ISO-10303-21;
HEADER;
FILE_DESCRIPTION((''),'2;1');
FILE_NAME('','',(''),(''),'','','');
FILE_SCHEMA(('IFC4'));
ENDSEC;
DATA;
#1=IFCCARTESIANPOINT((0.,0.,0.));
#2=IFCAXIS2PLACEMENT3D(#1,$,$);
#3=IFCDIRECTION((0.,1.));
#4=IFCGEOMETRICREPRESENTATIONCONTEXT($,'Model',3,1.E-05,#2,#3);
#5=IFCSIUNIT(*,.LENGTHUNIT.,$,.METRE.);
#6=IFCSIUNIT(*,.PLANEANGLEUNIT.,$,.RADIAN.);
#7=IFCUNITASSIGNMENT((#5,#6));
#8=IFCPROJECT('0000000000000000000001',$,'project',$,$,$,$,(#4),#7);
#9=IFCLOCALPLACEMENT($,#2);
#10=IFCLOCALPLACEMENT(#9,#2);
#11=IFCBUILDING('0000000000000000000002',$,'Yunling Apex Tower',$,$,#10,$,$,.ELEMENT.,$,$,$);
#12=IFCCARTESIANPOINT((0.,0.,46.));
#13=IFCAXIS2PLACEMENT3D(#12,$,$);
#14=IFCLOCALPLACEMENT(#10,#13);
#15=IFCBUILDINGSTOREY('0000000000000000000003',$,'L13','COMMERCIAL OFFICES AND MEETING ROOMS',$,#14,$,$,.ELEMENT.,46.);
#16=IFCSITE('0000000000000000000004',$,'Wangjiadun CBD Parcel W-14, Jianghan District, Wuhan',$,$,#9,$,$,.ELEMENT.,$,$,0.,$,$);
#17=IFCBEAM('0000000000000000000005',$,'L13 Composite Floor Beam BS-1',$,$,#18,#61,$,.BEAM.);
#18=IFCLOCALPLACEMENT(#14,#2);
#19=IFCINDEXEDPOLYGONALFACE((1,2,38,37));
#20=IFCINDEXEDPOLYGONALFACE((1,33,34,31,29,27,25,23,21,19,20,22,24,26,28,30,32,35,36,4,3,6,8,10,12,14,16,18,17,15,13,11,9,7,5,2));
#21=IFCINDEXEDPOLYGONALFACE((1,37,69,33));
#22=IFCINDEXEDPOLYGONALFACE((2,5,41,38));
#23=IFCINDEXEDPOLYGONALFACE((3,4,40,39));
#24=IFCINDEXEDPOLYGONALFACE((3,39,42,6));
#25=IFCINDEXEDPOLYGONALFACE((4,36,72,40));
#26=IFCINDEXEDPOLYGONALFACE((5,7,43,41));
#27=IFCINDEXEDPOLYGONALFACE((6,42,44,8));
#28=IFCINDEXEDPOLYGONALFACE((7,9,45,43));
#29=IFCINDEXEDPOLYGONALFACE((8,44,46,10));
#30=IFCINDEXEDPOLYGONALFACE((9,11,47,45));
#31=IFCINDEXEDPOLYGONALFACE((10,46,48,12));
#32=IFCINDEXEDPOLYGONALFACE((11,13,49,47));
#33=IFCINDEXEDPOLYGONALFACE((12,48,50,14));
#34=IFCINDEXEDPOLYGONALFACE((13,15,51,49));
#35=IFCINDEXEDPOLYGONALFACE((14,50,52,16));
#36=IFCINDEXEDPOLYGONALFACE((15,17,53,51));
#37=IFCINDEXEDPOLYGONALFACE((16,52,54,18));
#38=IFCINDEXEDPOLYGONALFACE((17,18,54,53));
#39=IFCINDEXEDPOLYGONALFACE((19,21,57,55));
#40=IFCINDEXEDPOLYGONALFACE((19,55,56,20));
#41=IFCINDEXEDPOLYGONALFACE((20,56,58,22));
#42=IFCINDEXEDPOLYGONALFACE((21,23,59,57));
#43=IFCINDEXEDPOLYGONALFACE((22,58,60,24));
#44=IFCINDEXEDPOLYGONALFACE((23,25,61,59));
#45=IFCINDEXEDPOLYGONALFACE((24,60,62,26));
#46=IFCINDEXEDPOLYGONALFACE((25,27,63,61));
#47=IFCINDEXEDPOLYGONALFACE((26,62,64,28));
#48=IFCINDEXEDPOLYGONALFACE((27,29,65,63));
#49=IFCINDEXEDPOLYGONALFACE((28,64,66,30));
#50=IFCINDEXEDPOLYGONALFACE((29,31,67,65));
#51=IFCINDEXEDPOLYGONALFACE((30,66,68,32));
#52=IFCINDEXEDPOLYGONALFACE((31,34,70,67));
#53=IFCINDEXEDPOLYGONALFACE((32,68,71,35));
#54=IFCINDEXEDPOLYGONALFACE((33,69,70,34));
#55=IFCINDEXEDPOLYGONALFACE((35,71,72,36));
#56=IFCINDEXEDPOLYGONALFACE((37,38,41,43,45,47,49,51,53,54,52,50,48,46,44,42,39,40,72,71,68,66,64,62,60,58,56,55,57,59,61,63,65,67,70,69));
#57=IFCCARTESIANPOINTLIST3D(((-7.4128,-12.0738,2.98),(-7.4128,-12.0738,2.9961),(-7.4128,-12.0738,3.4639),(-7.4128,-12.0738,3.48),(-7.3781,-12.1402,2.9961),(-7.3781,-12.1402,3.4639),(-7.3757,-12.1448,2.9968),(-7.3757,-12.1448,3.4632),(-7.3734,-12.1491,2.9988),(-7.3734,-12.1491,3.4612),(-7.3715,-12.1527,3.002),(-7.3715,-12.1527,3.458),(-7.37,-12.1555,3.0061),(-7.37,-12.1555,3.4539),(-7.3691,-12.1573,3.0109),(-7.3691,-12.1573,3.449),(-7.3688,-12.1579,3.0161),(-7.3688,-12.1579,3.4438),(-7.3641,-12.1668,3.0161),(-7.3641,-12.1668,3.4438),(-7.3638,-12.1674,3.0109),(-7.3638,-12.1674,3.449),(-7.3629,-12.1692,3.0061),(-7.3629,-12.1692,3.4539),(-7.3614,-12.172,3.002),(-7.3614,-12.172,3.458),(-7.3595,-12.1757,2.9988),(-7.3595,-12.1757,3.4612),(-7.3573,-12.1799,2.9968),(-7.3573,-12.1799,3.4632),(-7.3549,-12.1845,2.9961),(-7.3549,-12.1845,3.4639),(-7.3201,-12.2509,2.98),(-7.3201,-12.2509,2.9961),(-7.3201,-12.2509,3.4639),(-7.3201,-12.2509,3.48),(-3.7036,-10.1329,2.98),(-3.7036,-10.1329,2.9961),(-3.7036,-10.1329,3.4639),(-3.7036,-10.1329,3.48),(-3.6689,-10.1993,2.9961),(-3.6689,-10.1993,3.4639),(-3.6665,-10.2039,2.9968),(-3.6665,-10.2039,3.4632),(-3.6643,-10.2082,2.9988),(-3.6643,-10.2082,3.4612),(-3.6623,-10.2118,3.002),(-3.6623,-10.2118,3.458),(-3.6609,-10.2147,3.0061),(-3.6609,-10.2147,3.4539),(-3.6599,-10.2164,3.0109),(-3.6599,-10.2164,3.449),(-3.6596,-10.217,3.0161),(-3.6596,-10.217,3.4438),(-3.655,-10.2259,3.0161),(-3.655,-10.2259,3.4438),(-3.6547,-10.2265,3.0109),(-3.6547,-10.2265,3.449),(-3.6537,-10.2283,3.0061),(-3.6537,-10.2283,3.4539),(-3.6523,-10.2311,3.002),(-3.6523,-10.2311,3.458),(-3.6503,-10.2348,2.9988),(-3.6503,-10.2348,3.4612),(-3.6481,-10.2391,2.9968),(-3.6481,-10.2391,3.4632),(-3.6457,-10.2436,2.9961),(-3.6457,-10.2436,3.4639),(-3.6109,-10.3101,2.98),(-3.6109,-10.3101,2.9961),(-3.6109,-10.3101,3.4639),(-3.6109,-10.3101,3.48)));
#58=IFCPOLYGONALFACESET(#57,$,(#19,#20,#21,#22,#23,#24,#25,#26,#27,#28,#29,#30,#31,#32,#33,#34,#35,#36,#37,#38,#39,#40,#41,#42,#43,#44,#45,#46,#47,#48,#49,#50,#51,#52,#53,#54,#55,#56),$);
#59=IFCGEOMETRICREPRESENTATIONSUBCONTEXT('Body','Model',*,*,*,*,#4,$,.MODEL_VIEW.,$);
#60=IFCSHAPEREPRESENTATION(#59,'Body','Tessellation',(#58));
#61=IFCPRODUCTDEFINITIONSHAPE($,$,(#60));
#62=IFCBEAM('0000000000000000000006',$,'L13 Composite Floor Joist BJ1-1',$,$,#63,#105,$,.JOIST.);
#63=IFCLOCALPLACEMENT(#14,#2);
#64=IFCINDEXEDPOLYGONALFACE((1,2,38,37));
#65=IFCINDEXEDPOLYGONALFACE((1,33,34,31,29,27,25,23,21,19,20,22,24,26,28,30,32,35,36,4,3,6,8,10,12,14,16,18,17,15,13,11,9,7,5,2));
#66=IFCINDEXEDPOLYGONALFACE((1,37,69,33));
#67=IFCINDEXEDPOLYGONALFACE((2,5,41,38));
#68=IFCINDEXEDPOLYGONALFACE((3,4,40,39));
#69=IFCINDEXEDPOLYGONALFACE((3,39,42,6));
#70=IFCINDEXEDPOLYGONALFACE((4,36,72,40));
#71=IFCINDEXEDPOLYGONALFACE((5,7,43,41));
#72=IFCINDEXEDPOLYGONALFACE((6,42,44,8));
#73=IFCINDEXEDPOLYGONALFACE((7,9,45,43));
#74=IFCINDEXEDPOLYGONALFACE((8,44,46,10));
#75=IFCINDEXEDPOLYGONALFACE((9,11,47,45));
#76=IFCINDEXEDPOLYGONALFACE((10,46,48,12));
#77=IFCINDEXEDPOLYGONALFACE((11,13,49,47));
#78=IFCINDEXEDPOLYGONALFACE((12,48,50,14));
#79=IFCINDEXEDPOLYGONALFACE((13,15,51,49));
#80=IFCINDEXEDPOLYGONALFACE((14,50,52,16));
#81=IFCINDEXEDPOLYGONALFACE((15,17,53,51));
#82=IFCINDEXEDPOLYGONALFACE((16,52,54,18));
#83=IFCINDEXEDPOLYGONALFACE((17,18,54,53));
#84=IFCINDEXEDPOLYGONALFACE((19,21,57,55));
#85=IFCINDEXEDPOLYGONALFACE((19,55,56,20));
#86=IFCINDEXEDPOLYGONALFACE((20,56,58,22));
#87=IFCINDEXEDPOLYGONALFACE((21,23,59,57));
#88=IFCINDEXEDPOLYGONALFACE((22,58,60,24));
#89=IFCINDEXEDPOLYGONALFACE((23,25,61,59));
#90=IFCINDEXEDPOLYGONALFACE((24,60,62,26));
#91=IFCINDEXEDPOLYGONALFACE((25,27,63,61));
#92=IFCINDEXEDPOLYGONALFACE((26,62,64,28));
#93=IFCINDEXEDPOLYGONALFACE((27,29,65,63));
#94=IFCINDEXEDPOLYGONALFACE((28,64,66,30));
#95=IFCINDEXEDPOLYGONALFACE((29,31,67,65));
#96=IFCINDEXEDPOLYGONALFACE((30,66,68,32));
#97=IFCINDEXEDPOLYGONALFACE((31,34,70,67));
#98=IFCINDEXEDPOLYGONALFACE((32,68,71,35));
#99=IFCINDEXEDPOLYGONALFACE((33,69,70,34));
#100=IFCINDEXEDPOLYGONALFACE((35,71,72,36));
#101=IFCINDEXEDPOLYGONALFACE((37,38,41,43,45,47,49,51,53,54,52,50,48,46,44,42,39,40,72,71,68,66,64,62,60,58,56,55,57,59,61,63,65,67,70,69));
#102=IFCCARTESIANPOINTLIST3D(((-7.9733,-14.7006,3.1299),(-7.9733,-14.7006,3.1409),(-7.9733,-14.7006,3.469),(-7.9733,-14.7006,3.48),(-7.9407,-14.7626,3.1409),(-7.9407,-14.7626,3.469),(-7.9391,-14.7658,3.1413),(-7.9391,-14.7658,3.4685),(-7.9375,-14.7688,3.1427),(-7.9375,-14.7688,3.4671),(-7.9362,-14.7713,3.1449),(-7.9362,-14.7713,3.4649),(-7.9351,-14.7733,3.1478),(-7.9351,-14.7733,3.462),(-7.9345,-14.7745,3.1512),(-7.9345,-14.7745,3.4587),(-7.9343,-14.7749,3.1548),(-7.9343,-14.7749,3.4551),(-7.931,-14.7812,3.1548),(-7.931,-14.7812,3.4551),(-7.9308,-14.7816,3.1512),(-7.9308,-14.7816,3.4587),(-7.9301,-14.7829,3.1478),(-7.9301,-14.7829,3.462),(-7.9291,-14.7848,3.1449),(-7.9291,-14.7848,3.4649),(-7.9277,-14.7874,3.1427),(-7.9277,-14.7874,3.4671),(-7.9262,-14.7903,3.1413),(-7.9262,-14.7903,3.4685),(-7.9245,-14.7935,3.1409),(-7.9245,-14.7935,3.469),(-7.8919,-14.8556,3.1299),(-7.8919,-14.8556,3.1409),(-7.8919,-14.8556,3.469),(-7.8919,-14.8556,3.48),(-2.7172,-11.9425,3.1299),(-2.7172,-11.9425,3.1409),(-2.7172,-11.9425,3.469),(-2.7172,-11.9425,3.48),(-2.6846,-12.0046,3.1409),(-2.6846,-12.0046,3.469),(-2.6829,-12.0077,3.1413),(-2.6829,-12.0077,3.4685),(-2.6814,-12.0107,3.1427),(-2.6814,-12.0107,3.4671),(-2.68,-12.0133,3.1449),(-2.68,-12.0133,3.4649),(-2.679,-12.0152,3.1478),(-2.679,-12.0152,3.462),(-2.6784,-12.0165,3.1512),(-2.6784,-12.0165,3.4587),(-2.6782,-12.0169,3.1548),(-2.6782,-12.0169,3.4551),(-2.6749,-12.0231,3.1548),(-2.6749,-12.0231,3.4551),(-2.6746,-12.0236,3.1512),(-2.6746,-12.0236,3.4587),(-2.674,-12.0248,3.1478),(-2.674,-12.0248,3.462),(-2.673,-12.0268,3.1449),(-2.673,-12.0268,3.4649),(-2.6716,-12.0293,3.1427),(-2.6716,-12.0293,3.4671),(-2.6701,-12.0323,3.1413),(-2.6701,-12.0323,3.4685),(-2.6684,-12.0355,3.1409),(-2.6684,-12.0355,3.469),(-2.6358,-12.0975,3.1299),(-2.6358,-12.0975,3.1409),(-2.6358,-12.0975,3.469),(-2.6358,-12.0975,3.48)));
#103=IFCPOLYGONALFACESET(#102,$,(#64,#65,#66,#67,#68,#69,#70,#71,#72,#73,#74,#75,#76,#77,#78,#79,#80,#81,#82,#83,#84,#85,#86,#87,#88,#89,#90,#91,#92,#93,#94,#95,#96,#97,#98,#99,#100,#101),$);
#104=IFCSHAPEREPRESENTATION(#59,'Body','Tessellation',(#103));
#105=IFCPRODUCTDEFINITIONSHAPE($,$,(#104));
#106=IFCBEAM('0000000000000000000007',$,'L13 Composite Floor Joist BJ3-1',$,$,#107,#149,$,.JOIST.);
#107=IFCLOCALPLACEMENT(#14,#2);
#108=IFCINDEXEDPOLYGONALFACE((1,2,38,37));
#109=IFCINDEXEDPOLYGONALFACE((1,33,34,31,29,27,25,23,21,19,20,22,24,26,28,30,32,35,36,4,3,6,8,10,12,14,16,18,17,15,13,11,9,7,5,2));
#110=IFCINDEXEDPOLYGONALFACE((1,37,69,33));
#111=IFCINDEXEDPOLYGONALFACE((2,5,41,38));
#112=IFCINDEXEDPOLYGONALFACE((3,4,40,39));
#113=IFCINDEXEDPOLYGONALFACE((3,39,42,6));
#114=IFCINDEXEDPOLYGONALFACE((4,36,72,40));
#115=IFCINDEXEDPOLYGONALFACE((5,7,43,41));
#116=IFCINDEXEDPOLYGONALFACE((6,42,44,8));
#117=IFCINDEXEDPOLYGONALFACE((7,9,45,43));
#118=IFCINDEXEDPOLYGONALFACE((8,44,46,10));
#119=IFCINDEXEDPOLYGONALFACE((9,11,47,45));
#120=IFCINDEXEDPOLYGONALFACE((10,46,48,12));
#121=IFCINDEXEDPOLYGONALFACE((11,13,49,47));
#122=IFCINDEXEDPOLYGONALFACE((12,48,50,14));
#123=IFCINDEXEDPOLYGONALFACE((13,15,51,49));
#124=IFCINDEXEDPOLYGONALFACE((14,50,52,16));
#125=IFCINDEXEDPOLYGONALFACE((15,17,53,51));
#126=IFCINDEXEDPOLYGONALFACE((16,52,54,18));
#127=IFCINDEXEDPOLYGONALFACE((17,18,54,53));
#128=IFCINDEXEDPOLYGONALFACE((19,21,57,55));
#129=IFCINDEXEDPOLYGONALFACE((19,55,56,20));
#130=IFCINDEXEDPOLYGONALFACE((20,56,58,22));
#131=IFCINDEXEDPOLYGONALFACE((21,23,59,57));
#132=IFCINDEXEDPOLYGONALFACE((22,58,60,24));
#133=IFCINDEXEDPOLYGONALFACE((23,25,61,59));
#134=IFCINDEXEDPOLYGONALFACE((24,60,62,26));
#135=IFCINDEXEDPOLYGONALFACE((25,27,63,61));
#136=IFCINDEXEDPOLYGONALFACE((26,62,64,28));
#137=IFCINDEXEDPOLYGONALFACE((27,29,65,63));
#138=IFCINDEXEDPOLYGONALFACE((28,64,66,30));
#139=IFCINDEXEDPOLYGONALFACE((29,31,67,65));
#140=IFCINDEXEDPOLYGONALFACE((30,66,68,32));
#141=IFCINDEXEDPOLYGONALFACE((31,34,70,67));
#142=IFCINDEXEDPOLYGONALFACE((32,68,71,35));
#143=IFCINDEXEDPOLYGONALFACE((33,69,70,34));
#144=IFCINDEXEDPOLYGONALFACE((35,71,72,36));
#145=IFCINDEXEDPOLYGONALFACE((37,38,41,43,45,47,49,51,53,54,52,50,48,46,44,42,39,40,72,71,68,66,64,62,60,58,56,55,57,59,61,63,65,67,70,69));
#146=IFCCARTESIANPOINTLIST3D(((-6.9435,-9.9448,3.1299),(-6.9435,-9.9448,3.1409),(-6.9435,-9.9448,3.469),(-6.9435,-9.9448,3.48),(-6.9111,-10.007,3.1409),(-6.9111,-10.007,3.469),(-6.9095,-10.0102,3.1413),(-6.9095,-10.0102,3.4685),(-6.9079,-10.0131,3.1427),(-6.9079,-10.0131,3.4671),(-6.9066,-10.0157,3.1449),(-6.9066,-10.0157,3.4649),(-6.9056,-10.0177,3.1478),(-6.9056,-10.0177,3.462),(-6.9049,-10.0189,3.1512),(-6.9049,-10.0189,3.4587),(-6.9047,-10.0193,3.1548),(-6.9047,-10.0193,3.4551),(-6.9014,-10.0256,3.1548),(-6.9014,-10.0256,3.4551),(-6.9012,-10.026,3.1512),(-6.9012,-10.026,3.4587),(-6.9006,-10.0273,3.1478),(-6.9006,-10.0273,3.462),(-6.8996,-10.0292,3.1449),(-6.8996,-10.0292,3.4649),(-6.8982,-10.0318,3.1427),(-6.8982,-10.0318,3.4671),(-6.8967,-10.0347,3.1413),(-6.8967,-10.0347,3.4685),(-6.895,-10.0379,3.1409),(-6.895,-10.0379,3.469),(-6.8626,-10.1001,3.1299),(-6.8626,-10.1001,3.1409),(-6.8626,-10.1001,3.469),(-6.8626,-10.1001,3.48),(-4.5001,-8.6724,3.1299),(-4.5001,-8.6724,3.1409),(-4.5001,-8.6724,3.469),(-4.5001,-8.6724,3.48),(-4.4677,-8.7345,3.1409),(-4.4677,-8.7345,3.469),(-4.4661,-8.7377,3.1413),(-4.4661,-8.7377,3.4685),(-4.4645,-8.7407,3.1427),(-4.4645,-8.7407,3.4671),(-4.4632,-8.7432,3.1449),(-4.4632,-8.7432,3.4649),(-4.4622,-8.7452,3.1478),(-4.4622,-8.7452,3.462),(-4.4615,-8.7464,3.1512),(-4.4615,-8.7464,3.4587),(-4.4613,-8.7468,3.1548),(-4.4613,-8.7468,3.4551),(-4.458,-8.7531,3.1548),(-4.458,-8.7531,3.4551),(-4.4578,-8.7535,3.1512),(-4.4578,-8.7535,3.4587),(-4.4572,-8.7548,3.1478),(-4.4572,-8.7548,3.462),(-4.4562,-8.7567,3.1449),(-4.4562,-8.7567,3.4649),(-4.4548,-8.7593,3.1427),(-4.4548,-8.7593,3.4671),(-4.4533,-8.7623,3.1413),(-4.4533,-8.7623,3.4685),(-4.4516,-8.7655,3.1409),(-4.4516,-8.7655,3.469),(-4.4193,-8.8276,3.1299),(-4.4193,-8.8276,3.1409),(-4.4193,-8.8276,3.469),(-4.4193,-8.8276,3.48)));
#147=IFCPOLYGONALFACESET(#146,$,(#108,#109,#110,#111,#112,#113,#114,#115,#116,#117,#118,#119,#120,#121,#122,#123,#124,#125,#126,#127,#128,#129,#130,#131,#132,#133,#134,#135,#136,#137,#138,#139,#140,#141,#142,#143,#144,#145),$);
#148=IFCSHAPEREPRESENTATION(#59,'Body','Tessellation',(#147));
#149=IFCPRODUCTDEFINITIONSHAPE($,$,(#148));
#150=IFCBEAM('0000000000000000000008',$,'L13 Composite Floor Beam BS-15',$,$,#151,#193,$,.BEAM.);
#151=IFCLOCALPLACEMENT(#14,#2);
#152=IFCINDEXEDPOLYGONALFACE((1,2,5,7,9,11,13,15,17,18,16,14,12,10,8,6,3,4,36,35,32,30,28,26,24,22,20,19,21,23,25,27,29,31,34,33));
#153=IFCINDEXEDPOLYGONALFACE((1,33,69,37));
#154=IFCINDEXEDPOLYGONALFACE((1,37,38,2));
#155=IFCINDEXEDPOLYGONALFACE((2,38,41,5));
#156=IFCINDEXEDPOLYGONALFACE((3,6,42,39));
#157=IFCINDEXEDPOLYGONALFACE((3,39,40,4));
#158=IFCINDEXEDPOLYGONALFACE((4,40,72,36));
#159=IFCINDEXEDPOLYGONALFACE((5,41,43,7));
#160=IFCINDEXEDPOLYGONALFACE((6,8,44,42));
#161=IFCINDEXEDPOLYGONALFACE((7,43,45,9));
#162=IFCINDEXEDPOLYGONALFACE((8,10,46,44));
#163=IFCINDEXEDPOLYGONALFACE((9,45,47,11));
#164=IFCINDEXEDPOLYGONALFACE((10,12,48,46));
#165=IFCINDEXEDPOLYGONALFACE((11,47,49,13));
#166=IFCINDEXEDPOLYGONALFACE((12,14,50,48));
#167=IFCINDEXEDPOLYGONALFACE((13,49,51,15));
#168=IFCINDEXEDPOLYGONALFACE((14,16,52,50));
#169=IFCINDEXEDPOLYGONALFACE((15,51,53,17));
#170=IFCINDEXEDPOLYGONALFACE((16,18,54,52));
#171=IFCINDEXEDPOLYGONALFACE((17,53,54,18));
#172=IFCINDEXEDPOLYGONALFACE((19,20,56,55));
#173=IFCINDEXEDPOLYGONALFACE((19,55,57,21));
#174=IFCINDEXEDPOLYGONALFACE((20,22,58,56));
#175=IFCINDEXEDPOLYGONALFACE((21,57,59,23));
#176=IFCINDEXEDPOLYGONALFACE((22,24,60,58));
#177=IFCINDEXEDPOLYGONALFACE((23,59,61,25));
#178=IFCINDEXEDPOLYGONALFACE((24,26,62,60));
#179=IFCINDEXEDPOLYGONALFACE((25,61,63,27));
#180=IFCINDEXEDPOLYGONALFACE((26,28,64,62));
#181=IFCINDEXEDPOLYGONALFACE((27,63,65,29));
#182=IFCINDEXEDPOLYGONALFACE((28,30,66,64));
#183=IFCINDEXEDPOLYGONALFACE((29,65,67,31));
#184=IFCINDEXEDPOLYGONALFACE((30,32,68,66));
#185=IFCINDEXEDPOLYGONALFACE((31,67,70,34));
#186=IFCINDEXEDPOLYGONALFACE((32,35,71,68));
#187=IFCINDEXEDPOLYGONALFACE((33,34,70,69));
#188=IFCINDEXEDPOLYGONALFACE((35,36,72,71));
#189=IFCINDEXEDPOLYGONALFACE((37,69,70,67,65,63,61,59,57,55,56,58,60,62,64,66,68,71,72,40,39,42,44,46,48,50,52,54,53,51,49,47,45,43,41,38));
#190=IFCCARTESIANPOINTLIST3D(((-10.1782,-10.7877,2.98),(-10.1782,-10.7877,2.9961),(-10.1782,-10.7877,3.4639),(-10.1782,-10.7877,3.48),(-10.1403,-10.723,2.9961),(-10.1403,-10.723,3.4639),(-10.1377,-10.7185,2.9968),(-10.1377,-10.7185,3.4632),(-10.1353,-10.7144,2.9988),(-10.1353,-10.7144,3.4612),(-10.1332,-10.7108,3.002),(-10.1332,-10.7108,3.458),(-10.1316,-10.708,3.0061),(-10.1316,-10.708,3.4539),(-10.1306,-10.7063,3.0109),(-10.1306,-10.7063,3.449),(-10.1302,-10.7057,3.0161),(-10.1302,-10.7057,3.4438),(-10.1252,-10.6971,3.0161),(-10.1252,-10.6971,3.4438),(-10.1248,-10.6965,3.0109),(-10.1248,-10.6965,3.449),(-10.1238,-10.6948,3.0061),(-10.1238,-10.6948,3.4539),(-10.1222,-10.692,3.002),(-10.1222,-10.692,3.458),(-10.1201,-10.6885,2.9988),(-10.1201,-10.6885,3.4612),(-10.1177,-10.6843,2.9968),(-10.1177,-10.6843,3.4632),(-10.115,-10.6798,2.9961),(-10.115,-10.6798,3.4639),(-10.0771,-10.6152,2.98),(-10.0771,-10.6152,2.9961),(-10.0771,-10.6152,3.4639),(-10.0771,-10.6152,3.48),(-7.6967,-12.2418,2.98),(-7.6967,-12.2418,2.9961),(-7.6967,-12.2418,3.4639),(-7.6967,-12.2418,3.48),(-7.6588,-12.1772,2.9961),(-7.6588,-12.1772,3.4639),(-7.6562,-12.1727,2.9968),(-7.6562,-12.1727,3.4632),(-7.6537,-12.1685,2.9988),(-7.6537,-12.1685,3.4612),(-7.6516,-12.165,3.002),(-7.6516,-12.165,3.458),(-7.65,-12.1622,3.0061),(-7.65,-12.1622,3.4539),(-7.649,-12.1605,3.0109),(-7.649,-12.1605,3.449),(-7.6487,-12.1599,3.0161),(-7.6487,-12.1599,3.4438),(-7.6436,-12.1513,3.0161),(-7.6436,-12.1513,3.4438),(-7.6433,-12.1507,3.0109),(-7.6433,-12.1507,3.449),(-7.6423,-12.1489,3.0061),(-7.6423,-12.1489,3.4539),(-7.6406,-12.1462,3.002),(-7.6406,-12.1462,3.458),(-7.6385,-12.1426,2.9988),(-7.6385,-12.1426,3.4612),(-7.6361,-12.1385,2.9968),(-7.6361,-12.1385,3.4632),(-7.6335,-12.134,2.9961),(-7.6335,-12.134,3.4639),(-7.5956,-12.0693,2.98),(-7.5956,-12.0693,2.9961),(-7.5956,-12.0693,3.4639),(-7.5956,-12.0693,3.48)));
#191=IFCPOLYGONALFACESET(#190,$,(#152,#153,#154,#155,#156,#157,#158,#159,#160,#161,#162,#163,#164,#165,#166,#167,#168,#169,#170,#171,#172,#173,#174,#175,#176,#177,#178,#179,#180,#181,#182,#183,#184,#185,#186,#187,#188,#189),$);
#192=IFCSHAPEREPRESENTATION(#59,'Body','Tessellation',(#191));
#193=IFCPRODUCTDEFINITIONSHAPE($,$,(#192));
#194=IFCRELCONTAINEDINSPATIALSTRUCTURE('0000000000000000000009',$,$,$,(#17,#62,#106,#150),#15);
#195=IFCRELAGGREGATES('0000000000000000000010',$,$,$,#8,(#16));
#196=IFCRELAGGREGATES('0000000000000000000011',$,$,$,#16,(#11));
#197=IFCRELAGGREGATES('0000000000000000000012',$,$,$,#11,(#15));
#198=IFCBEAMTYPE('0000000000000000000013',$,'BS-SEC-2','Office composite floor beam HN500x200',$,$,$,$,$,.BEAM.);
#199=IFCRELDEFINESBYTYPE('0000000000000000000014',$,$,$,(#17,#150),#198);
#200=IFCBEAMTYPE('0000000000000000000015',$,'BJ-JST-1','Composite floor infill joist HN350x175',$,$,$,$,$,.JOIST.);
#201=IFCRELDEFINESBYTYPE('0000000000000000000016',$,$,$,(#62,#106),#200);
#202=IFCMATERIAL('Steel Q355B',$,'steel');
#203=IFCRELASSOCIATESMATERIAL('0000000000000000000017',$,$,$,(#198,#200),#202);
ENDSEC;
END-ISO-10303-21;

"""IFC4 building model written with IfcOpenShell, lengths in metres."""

from ifc_helpers import new_model, si_unit, direction, frame, origin, origin_2d, place, context, subcontext, project, spatial, i_section, extrude, source, transform, mapped, material, material_profile, profile_set, type_object, element, save


model = new_model("IFC4")

# Units and contexts
model_context = context("Model", 3, precision=1e-05, world=origin(), true_north=direction((0.0, 1.0)))
body_context = subcontext(model_context, "Body", "Model", "MODEL_VIEW")
ifc_project = project(units=[si_unit("LENGTHUNIT", "METRE"), si_unit("PLANEANGLEUNIT", "RADIAN")], contexts=[model_context])

# Site, building, storey
site_placement = place(None, origin())
site = spatial("IfcSite", under=ifc_project, at=site_placement, Name="Wangjiadun CBD Parcel W-14, Jianghan District, Wuhan", CompositionType="ELEMENT", RefElevation=0.0)
building_placement = place(site_placement, origin())
building = spatial("IfcBuilding", under=site, at=building_placement, Name="Yunling Apex Tower", CompositionType="ELEMENT")
storey_placement = place(building_placement, frame((0.0, 0.0, 46.0)))
storey = spatial("IfcBuildingStorey", under=building, at=storey_placement, Name="L13", Description="COMMERCIAL OFFICES AND MEETING ROOMS", CompositionType="ELEMENT", Elevation=46.0)

# Beams
ifc_material_1 = material(Name="Steel Q355B", Category="steel")
ifc_material_profile_1 = material_profile(ifc_material_1, i_section(OverallWidth=0.2, OverallDepth=0.5, WebThickness=0.01, FlangeThickness=0.0161, FilletRadius=0.02, at=origin_2d()))
ifc_profile_set_1 = profile_set([ifc_material_profile_1], Name="Steel Q355B")
beam_type_1 = type_object("IfcBeamType", Name="BS-SEC-2", Description="Office composite floor beam HN500x200", PredefinedType="BEAM", material=ifc_profile_set_1)
shared_shape_1 = source(origin(), body_context, "Body", "SweptSolid", [
    extrude(i_section(OverallWidth=0.2, OverallDepth=0.5, WebThickness=0.01, FlangeThickness=0.0161, FilletRadius=0.02, at=origin_2d()), origin(), (0.0, 0.0, 1.0), 4.1863),
])
beam_1_placement = place(storey_placement, frame((-7.3665, -12.1624, 3.23), z_axis=(0.886029, 0.46363, 0.0), x_axis=(-0.46363, 0.886029, 0.0)))
element("IfcBeam", 1, at=beam_1_placement, inside=storey, type_object=beam_type_1, Name="L13 Composite Floor Beam BS-1", PredefinedType="BEAM", context=body_context, shape_type="MappedRepresentation", body=[
    mapped(shared_shape_1, transform((0.0, 0.0, 0.0), scale=1.0)),
])
ifc_material_profile_2 = material_profile(ifc_material_1, i_section(OverallWidth=0.175, OverallDepth=0.3501, WebThickness=0.0071, FlangeThickness=0.011, FilletRadius=0.0139, at=origin_2d()))
ifc_profile_set_2 = profile_set([ifc_material_profile_2], Name="Steel Q355B")
beam_type_2 = type_object("IfcBeamType", Name="BJ-JST-1", Description="Composite floor infill joist HN350x175", PredefinedType="JOIST", material=ifc_profile_set_2)
shared_shape_2 = source(origin(), body_context, "Body", "SweptSolid", [
    extrude(i_section(OverallWidth=0.175, OverallDepth=0.3501, WebThickness=0.0071, FlangeThickness=0.011, FilletRadius=0.0139, at=origin_2d()), origin(), (0.0, 0.0, 1.0), 5.9358),
])
beam_2_placement = place(storey_placement, frame((-7.9326, -14.7781, 3.3049), z_axis=(0.885495, 0.464649, 0.0), x_axis=(-0.464649, 0.885495, 0.0)))
element("IfcBeam", 2, at=beam_2_placement, inside=storey, type_object=beam_type_2, Name="L13 Composite Floor Joist BJ1-1", PredefinedType="JOIST", context=body_context, shape_type="MappedRepresentation", body=[
    mapped(shared_shape_2, transform((0.0, 0.0, 0.0), scale=1.0)),
])
shared_shape_3 = source(origin(), body_context, "Body", "SweptSolid", [
    extrude(i_section(OverallWidth=0.175, OverallDepth=0.3501, WebThickness=0.0071, FlangeThickness=0.011, FilletRadius=0.0139, at=origin_2d()), origin(), (0.0, 0.0, 1.0), 2.7549),
])
beam_3_placement = place(storey_placement, frame((-6.9031, -10.0225, 3.3049), z_axis=(0.886932, 0.4619, 0.0), x_axis=(-0.4619, 0.886932, 0.0)))
element("IfcBeam", 3, at=beam_3_placement, inside=storey, type_object=beam_type_2, Name="L13 Composite Floor Joist BJ3-1", PredefinedType="JOIST", context=body_context, shape_type="MappedRepresentation", body=[
    mapped(shared_shape_3, transform((0.0, 0.0, 0.0), scale=1.0)),
])
shared_shape_4 = source(origin(), body_context, "Body", "SweptSolid", [
    extrude(i_section(OverallWidth=0.2, OverallDepth=0.5, WebThickness=0.01, FlangeThickness=0.0161, FilletRadius=0.02, at=origin_2d()), origin(), (0.0, 0.0, 1.0), 2.8762),
])
beam_4_placement = place(storey_placement, frame((-10.1277, -10.7014, 3.23), z_axis=(0.86278, -0.50558, 0.0), x_axis=(0.50558, 0.86278, 0.0)))
element("IfcBeam", 4, at=beam_4_placement, inside=storey, type_object=beam_type_1, Name="L13 Composite Floor Beam BS-15", PredefinedType="BEAM", context=body_context, shape_type="MappedRepresentation", body=[
    mapped(shared_shape_4, transform((0.0, 0.0, 0.0), scale=1.0)),
])

save(model, "model.ifc")
